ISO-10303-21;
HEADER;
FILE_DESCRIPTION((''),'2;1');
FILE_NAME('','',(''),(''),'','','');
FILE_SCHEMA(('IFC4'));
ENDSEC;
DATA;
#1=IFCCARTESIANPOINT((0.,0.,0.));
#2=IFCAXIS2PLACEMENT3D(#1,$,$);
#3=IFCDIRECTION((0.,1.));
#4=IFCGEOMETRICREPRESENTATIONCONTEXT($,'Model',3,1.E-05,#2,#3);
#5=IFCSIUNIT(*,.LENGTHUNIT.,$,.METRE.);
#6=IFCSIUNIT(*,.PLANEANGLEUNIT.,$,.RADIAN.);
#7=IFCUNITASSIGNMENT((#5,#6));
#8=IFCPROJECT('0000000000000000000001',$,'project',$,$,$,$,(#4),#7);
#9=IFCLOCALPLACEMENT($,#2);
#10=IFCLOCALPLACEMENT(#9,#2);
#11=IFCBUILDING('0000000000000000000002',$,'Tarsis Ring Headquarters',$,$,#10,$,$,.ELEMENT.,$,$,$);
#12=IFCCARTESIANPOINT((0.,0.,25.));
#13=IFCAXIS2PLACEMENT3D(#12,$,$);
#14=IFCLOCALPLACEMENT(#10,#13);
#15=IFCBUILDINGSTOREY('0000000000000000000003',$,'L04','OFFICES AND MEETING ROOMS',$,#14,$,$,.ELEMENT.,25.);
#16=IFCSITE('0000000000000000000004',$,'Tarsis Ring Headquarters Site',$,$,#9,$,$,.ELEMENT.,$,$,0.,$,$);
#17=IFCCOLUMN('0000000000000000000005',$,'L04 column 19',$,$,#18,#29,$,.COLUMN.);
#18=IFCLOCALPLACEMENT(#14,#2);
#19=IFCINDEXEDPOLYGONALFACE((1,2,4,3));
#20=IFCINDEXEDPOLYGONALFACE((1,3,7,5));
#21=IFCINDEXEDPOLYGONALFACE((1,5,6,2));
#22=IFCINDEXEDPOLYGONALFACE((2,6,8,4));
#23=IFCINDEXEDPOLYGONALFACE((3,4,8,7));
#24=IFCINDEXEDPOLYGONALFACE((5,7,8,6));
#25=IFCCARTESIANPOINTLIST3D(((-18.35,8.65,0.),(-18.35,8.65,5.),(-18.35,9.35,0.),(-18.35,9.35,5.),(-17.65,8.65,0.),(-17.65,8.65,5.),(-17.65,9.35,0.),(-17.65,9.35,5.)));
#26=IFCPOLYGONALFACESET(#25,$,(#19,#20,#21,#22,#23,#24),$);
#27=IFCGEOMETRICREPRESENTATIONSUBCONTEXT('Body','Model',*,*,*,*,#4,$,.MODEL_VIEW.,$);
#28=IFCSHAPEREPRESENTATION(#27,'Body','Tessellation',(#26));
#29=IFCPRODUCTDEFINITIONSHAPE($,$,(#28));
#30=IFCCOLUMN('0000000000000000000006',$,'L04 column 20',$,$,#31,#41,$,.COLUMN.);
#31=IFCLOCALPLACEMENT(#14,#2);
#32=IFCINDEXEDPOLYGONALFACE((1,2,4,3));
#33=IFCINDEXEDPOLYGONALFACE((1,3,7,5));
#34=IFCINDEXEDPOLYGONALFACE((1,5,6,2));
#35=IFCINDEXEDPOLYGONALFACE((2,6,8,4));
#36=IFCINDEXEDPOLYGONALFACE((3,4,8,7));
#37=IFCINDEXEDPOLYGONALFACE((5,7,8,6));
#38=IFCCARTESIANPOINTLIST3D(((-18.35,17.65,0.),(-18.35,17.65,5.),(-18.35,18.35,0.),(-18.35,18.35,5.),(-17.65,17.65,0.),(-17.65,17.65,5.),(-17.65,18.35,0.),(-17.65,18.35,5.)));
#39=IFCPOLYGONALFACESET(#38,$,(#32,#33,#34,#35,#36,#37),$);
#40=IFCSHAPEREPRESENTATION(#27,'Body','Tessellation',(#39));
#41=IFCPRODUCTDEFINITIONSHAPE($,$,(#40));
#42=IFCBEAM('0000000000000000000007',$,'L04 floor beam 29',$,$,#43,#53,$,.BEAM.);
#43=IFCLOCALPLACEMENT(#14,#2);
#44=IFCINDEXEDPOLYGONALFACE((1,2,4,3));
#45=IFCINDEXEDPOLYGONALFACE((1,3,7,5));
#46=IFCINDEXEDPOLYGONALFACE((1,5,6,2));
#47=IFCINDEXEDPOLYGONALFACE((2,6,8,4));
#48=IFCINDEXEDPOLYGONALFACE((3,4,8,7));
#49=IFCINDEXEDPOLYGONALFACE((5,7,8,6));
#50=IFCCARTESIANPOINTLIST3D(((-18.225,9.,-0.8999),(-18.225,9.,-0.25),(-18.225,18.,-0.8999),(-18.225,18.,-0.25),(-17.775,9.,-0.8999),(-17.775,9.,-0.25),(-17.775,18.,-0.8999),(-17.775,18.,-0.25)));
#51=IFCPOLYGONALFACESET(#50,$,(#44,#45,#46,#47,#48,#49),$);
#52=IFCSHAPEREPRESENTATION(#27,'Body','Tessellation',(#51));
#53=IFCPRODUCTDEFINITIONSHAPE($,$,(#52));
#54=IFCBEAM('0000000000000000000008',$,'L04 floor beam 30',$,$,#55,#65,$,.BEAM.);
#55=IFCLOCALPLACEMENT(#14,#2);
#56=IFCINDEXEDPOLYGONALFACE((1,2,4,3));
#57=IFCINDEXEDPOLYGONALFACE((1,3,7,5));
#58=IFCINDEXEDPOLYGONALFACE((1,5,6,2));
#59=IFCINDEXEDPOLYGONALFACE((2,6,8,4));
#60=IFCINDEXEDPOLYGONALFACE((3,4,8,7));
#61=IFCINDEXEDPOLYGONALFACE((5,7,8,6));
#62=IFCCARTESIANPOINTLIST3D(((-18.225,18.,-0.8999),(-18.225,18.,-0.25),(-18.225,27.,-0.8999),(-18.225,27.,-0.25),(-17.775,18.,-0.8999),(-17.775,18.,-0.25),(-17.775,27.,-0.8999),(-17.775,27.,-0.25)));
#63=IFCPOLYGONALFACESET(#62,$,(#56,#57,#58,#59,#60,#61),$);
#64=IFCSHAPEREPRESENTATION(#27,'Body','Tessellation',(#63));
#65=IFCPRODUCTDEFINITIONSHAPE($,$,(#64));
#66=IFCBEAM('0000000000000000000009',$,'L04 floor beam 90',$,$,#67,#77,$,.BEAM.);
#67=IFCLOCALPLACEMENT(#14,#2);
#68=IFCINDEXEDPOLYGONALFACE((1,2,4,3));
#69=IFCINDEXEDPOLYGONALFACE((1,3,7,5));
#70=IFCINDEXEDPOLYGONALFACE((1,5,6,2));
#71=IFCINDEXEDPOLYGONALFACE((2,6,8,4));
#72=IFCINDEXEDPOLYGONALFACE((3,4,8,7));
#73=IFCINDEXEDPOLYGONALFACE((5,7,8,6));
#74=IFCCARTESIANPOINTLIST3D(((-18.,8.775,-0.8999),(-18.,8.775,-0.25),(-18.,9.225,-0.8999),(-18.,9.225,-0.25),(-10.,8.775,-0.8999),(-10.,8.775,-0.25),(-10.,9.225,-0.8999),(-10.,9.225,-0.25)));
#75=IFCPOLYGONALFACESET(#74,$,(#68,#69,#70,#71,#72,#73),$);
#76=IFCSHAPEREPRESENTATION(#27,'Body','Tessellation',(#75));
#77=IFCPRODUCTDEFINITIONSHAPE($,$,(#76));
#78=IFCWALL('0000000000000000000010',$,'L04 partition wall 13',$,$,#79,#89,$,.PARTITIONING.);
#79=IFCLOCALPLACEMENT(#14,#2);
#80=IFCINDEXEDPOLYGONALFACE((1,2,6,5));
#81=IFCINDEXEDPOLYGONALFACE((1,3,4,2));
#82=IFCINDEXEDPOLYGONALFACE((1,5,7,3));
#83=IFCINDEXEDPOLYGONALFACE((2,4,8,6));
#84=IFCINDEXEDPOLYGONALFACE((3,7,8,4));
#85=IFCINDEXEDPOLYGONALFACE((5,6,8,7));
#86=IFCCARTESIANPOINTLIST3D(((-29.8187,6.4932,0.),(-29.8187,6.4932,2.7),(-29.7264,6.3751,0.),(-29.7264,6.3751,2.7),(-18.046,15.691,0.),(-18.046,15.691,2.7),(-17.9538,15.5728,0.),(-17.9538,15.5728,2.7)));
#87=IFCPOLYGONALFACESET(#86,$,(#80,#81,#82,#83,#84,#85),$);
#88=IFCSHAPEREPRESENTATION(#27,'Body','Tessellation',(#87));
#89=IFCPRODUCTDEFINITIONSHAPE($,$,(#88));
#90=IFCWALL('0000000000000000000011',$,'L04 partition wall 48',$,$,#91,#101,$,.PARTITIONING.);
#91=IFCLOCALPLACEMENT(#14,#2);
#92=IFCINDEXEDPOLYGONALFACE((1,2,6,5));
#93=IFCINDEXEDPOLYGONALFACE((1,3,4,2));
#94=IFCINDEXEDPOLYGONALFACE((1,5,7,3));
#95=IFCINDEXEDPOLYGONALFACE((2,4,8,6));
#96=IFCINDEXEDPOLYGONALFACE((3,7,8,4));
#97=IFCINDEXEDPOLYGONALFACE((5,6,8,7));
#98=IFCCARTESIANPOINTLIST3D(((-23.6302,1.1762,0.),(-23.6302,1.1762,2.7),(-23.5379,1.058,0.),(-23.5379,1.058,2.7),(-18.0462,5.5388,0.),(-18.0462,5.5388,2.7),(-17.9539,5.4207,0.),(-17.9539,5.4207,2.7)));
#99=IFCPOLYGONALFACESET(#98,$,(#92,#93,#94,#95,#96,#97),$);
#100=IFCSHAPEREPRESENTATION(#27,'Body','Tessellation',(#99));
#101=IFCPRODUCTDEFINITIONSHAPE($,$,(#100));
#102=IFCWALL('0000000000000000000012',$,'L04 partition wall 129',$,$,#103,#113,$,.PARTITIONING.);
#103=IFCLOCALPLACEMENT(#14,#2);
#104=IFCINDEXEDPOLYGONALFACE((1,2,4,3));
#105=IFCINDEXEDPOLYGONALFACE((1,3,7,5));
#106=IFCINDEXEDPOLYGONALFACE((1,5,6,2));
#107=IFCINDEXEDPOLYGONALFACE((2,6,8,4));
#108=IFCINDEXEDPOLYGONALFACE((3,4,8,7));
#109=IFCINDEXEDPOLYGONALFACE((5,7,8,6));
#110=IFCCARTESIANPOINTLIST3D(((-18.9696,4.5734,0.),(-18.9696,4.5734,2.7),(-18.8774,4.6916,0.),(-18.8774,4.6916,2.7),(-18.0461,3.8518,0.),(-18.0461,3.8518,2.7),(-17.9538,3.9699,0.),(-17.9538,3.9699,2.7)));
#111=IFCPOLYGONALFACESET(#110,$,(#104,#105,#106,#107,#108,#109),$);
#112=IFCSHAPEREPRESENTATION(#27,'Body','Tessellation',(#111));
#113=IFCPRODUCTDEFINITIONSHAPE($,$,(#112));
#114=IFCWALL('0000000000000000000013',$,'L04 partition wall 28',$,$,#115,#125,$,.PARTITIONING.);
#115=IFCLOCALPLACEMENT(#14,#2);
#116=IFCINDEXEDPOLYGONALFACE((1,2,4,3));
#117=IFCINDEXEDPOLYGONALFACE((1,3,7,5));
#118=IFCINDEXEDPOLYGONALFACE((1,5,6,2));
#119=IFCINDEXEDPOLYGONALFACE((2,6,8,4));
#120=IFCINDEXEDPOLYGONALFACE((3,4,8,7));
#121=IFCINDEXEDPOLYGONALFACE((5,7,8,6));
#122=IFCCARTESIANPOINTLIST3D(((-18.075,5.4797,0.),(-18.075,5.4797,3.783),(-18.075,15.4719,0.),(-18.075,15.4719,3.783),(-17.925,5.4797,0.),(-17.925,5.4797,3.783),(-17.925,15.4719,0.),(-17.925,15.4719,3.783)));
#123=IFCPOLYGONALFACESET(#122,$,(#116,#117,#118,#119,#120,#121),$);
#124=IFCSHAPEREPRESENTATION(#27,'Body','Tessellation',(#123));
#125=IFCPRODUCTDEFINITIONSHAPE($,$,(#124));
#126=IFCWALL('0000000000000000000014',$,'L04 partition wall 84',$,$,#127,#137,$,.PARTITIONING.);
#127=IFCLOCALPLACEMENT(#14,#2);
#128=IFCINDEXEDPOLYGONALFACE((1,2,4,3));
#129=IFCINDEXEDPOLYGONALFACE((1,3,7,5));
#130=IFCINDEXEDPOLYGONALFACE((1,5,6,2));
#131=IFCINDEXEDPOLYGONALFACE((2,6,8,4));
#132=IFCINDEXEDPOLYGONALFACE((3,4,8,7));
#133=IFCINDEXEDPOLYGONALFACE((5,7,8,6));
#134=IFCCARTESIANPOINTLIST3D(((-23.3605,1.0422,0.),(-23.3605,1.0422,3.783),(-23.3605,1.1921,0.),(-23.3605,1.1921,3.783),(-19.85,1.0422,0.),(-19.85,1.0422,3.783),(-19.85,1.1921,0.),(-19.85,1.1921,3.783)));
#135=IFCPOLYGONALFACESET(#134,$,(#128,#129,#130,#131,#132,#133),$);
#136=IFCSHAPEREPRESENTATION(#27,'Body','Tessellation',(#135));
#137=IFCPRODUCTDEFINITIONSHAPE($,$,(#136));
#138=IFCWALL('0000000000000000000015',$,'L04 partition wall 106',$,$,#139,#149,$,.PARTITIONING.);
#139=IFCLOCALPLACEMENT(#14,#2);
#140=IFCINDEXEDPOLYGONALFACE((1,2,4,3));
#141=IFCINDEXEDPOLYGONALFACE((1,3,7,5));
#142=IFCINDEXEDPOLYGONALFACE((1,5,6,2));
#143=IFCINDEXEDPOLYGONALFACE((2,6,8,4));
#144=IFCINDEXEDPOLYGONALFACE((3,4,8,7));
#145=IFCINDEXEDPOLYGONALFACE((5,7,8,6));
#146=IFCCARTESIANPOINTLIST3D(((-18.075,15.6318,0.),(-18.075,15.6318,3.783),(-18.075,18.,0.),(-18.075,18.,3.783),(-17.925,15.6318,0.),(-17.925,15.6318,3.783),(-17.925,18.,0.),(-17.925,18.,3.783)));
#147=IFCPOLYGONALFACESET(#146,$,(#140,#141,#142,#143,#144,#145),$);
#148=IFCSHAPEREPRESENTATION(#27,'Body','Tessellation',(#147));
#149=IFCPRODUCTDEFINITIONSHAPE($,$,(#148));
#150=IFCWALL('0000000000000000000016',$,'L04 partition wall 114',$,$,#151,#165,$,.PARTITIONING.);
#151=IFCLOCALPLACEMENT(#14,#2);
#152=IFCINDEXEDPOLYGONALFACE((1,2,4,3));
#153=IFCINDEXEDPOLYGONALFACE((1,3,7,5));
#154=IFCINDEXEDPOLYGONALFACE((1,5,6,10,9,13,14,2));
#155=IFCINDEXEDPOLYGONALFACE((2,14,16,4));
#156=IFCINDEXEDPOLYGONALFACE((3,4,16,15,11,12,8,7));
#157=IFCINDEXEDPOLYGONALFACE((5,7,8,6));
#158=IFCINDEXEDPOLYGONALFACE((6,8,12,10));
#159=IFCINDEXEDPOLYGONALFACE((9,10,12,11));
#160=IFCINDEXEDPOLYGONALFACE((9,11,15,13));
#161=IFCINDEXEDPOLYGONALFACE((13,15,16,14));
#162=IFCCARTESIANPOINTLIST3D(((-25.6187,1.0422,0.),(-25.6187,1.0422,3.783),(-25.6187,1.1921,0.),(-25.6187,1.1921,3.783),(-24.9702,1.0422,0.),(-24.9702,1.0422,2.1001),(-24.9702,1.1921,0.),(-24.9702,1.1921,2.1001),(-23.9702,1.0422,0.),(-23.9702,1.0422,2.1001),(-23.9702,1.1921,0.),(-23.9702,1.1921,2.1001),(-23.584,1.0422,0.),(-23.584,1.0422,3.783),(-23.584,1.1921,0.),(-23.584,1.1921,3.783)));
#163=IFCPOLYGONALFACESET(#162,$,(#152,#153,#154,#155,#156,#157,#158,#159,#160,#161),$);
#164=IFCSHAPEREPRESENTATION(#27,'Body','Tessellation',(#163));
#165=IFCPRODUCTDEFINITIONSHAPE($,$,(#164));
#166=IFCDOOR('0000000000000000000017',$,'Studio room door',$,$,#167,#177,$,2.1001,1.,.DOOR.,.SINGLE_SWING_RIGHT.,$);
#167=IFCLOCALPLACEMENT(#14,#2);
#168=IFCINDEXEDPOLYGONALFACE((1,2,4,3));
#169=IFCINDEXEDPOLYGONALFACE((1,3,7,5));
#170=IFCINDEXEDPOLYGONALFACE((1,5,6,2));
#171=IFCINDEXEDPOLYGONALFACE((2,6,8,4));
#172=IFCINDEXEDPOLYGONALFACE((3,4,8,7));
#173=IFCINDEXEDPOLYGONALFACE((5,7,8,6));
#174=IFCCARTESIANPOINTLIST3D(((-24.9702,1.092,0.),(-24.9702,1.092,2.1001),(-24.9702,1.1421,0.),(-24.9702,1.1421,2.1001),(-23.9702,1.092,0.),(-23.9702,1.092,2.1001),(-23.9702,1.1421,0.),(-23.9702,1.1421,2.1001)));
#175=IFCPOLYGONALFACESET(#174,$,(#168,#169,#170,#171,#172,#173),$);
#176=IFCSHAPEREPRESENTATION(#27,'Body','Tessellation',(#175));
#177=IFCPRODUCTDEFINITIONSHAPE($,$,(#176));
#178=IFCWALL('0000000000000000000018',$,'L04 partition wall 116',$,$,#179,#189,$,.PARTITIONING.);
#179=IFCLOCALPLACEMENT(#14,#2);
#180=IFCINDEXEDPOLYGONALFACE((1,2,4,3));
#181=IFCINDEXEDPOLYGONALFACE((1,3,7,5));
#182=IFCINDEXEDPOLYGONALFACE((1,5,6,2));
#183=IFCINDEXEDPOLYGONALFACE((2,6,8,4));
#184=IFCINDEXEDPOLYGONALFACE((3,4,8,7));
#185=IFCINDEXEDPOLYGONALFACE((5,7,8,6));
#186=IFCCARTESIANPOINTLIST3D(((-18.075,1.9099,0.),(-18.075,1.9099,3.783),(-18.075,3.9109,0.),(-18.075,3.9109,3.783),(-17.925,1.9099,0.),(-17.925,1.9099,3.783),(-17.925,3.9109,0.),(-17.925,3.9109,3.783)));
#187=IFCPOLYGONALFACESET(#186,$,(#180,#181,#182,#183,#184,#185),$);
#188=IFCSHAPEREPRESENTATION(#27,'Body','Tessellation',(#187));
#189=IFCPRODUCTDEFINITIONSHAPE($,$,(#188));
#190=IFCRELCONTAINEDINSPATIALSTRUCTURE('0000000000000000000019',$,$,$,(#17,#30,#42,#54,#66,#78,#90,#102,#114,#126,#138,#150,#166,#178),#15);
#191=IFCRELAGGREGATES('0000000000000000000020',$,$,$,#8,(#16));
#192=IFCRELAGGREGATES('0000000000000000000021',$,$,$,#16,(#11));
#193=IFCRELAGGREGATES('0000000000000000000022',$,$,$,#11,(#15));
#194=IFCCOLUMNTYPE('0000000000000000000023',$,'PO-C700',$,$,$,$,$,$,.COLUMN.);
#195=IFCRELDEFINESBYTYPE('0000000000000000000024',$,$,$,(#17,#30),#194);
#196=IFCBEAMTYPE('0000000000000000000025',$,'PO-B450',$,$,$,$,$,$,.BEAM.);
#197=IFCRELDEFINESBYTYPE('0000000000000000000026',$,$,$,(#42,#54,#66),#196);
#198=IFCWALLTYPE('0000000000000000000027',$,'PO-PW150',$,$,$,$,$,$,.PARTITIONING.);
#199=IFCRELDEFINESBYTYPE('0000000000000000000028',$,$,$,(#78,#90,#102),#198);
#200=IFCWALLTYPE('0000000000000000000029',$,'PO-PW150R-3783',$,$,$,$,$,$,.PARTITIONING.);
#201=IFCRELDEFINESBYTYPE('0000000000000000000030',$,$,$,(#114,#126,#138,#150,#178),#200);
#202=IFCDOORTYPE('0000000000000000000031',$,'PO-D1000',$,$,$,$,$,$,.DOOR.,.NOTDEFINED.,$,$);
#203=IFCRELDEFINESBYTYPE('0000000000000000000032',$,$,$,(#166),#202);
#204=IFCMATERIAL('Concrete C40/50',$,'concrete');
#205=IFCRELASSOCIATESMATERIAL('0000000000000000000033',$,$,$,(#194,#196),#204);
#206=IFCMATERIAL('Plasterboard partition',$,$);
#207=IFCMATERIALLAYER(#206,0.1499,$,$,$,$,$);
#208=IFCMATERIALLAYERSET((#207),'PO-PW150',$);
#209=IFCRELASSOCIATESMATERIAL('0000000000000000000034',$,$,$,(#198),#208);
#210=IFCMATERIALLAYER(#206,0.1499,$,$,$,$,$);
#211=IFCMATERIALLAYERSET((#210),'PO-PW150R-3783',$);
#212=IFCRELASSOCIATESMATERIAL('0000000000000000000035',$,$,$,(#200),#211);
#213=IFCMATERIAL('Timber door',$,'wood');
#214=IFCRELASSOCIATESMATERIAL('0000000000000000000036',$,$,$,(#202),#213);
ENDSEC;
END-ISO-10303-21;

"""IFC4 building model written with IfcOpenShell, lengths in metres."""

from ifc_helpers import new_model, si_unit, direction, frame, frame_2d, origin, origin_2d, place, context, subcontext, project, spatial, rectangle, extrude, material, layer, layer_set, material_profile, profile_set, type_object, element, fill, save


model = new_model("IFC4")

# Units and contexts
model_context = context("Model", 3, precision=1e-05, world=origin(), true_north=direction((0.0, 1.0)))
body_context = subcontext(model_context, "Body", "Model", "MODEL_VIEW")
ifc_project = project(units=[si_unit("LENGTHUNIT", "METRE"), si_unit("PLANEANGLEUNIT", "RADIAN")], contexts=[model_context])

# Site, building, storey
site_placement = place(None, origin())
site = spatial("IfcSite", under=ifc_project, at=site_placement, Name="Tarsis Ring Headquarters Site", CompositionType="ELEMENT", RefElevation=0.0)
building_placement = place(site_placement, origin())
building = spatial("IfcBuilding", under=site, at=building_placement, Name="Tarsis Ring Headquarters", CompositionType="ELEMENT")
storey_placement = place(building_placement, frame((0.0, 0.0, 25.0)))
storey = spatial("IfcBuildingStorey", under=building, at=storey_placement, Name="L04", Description="OFFICES AND MEETING ROOMS", CompositionType="ELEMENT", Elevation=25.0)

# Columns
ifc_material_1 = material(Name="Concrete C40/50", Category="concrete")
ifc_material_profile_1 = material_profile(ifc_material_1, rectangle(XDim=0.7, YDim=0.7, at=origin_2d()), Name="PO-C700")
ifc_profile_set_1 = profile_set([ifc_material_profile_1], Name="Concrete C40/50")
column_type = type_object("IfcColumnType", Name="PO-C700", PredefinedType="COLUMN", material=ifc_profile_set_1)
for number, where, z_axis, x_axis, name in (
    (1, (-18.0, 9.0, 0.0), (0.0, 0.0, 1.0), (1.0, 0.0, 0.0), "L04 column 19"),
    (2, (-18.0, 18.0, 0.0), (0.0, 0.0, 1.0), (1.0, 0.0, 0.0), "L04 column 20"),
):
    element("IfcColumn", number, at=place(storey_placement, frame(where, z_axis=z_axis, x_axis=x_axis)), inside=storey, type_object=column_type, Name=name, PredefinedType="COLUMN", context=body_context, shape_type="SweptSolid", body=[
        extrude(rectangle(XDim=0.7, YDim=0.7, at=origin_2d()), origin(), (0.0, 0.0, 1.0), 5.0),
    ])

# Beams
ifc_material_profile_2 = material_profile(ifc_material_1, rectangle(XDim=0.45, YDim=0.6499, at=origin_2d()), Name="PO-B450")
ifc_profile_set_2 = profile_set([ifc_material_profile_2], Name="Concrete C40/50")
beam_type = type_object("IfcBeamType", Name="PO-B450", PredefinedType="BEAM", material=ifc_profile_set_2)
for number, where, z_axis, x_axis, name in (
    (3, (-18.0, 9.0, -0.575), (0.0, 1.0, 0.0), (-1.0, 0.0, 0.0), "L04 floor beam 29"),
    (4, (-18.0, 18.0, -0.575), (0.0, 1.0, 0.0), (-1.0, 0.0, 0.0), "L04 floor beam 30"),
):
    element("IfcBeam", number, at=place(storey_placement, frame(where, z_axis=z_axis, x_axis=x_axis)), inside=storey, type_object=beam_type, Name=name, PredefinedType="BEAM", context=body_context, shape_type="SweptSolid", body=[
        extrude(rectangle(XDim=0.45, YDim=0.6499, at=origin_2d()), origin(), (0.0, 0.0, 1.0), 9.0),
    ])
beam_placement = place(storey_placement, frame((-18.0, 9.0, -0.575), z_axis=(1.0, 0.0, 0.0), x_axis=(0.0, 1.0, 0.0)))
element("IfcBeam", 5, at=beam_placement, inside=storey, type_object=beam_type, Name="L04 floor beam 90", PredefinedType="BEAM", context=body_context, shape_type="SweptSolid", body=[
    extrude(rectangle(XDim=0.45, YDim=0.6499, at=origin_2d()), origin(), (0.0, 0.0, 1.0), 8.0),
])

# Walls
ifc_material_2 = material(Name="Plasterboard partition")
ifc_layer_1 = layer(ifc_material_2, 0.1499)
ifc_layer_set_1 = layer_set([ifc_layer_1], Name="PO-PW150")
wall_type_1 = type_object("IfcWallType", Name="PO-PW150", PredefinedType="PARTITIONING", material=ifc_layer_set_1)
wall_1_placement = place(storey_placement, frame((-18.0, 15.6318, 0.0), z_axis=(0.0, 0.0, 1.0), x_axis=(-0.788014, -0.615658, 0.0)))
element("IfcWall", 6, at=wall_1_placement, inside=storey, type_object=wall_type_1, Name="L04 partition wall 13", PredefinedType="PARTITIONING", context=body_context, shape_type="SweptSolid", body=[
    extrude(rectangle(XDim=14.9397, YDim=0.1499, at=frame_2d((7.4697, 0.0))), origin(), (0.0, 0.0, 1.0), 2.7),
])
wall_2_placement = place(storey_placement, frame((-23.584, 1.1172, 0.0), z_axis=(0.0, 0.0, 1.0), x_axis=(0.78802, 0.615649, 0.0)))
element("IfcWall", 7, at=wall_2_placement, inside=storey, type_object=wall_type_1, Name="L04 partition wall 48", PredefinedType="PARTITIONING", context=body_context, shape_type="SweptSolid", body=[
    extrude(rectangle(XDim=7.0862, YDim=0.1499, at=frame_2d((3.543, 0.0))), origin(), (0.0, 0.0, 1.0), 2.7),
])
wall_3_placement = place(storey_placement, frame((-18.0, 3.9109, 0.0), z_axis=(0.0, 0.0, 1.0), x_axis=(-0.787971, 0.615713, 0.0)))
element("IfcWall", 8, at=wall_3_placement, inside=storey, type_object=wall_type_1, Name="L04 partition wall 129", PredefinedType="PARTITIONING", context=body_context, shape_type="SweptSolid", body=[
    extrude(rectangle(XDim=1.1721, YDim=0.1499, at=frame_2d((0.5859, 0.0))), origin(), (0.0, 0.0, 1.0), 2.7),
])
ifc_layer_2 = layer(ifc_material_2, 0.1499)
ifc_layer_set_2 = layer_set([ifc_layer_2], Name="PO-PW150R-3783")
wall_type_2 = type_object("IfcWallType", Name="PO-PW150R-3783", PredefinedType="PARTITIONING", material=ifc_layer_set_2)
wall_4_placement = place(storey_placement, frame((-18.0, 5.4797, 0.0), z_axis=(0.0, 0.0, 1.0), x_axis=(0.0, 1.0, 0.0)))
element("IfcWall", 9, at=wall_4_placement, inside=storey, type_object=wall_type_2, Name="L04 partition wall 28", PredefinedType="PARTITIONING", context=body_context, shape_type="SweptSolid", body=[
    extrude(rectangle(XDim=9.9922, YDim=0.1499, at=frame_2d((4.9961, 0.0))), origin(), (0.0, 0.0, 1.0), 3.783),
])
wall_5_placement = place(storey_placement, frame((-23.3606, 1.1172, 0.0), z_axis=(0.0, 0.0, 1.0), x_axis=(1.0, 0.0, 0.0)))
element("IfcWall", 10, at=wall_5_placement, inside=storey, type_object=wall_type_2, Name="L04 partition wall 84", PredefinedType="PARTITIONING", context=body_context, shape_type="SweptSolid", body=[
    extrude(rectangle(XDim=3.5105, YDim=0.1499, at=frame_2d((1.7554, 0.0))), origin(), (0.0, 0.0, 1.0), 3.783),
])
wall_6_placement = place(storey_placement, frame((-18.0, 15.6318, 0.0), z_axis=(0.0, 0.0, 1.0), x_axis=(0.0, 1.0, 0.0)))
element("IfcWall", 11, at=wall_6_placement, inside=storey, type_object=wall_type_2, Name="L04 partition wall 106", PredefinedType="PARTITIONING", context=body_context, shape_type="SweptSolid", body=[
    extrude(rectangle(XDim=2.3682, YDim=0.1499, at=frame_2d((1.1841, 0.0))), origin(), (0.0, 0.0, 1.0), 3.783),
])

# Wall, opening, door
wall_7_placement = place(storey_placement, frame((-25.6187, 1.1172, 0.0), z_axis=(0.0, 0.0, 1.0), x_axis=(1.0, 0.0, 0.0)))
wall_7 = element("IfcWall", 12, at=wall_7_placement, inside=storey, type_object=wall_type_2, Name="L04 partition wall 114", PredefinedType="PARTITIONING", context=body_context, shape_type="SweptSolid", body=[
    extrude(rectangle(XDim=2.0347, YDim=0.1499, at=frame_2d((1.0173, 0.0))), origin(), (0.0, 0.0, 1.0), 3.783),
])
opening_placement = place(wall_7_placement, frame((0.6484, 0.0, 0.0)))
opening = element("IfcOpeningElement", 13, at=opening_placement, cuts=wall_7, PredefinedType="OPENING", context=body_context, shape_type="SweptSolid", body=[
    extrude(rectangle(XDim=1.0, YDim=2.1001, at=frame_2d((0.5, 1.05))), frame((0.0, 0.085, 0.0), z_axis=(0.0, -1.0, 0.0), x_axis=(1.0, 0.0, 0.0)), (0.0, 0.0, 1.0), 0.1699),
])
ifc_material_3 = material(Name="Timber door", Category="wood")
door_type = type_object("IfcDoorType", Name="PO-D1000", OperationType="NOTDEFINED", PredefinedType="DOOR", material=ifc_material_3)
door_placement = place(opening_placement, origin())
door = element("IfcDoor", 14, at=door_placement, inside=storey, type_object=door_type, Name="Studio room door", OperationType="SINGLE_SWING_RIGHT", OverallHeight=2.1001, OverallWidth=1.0, PredefinedType="DOOR", context=body_context, shape_type="SweptSolid", body=[
    extrude(rectangle(XDim=1.0, YDim=2.1001, at=frame_2d((0.5, 1.05))), frame((0.0, 0.0249, 0.0), z_axis=(0.0, -1.0, 0.0), x_axis=(1.0, 0.0, 0.0)), (0.0, 0.0, 1.0), 0.05),
])
fill(opening, door)

# Wall
wall_8_placement = place(storey_placement, frame((-18.0, 1.9099, 0.0), z_axis=(0.0, 0.0, 1.0), x_axis=(0.0, 1.0, 0.0)))
element("IfcWall", 15, at=wall_8_placement, inside=storey, type_object=wall_type_2, Name="L04 partition wall 116", PredefinedType="PARTITIONING", context=body_context, shape_type="SweptSolid", body=[
    extrude(rectangle(XDim=2.001, YDim=0.1499, at=frame_2d((1.0005, 0.0))), origin(), (0.0, 0.0, 1.0), 3.783),
])

save(model, "model.ifc")
